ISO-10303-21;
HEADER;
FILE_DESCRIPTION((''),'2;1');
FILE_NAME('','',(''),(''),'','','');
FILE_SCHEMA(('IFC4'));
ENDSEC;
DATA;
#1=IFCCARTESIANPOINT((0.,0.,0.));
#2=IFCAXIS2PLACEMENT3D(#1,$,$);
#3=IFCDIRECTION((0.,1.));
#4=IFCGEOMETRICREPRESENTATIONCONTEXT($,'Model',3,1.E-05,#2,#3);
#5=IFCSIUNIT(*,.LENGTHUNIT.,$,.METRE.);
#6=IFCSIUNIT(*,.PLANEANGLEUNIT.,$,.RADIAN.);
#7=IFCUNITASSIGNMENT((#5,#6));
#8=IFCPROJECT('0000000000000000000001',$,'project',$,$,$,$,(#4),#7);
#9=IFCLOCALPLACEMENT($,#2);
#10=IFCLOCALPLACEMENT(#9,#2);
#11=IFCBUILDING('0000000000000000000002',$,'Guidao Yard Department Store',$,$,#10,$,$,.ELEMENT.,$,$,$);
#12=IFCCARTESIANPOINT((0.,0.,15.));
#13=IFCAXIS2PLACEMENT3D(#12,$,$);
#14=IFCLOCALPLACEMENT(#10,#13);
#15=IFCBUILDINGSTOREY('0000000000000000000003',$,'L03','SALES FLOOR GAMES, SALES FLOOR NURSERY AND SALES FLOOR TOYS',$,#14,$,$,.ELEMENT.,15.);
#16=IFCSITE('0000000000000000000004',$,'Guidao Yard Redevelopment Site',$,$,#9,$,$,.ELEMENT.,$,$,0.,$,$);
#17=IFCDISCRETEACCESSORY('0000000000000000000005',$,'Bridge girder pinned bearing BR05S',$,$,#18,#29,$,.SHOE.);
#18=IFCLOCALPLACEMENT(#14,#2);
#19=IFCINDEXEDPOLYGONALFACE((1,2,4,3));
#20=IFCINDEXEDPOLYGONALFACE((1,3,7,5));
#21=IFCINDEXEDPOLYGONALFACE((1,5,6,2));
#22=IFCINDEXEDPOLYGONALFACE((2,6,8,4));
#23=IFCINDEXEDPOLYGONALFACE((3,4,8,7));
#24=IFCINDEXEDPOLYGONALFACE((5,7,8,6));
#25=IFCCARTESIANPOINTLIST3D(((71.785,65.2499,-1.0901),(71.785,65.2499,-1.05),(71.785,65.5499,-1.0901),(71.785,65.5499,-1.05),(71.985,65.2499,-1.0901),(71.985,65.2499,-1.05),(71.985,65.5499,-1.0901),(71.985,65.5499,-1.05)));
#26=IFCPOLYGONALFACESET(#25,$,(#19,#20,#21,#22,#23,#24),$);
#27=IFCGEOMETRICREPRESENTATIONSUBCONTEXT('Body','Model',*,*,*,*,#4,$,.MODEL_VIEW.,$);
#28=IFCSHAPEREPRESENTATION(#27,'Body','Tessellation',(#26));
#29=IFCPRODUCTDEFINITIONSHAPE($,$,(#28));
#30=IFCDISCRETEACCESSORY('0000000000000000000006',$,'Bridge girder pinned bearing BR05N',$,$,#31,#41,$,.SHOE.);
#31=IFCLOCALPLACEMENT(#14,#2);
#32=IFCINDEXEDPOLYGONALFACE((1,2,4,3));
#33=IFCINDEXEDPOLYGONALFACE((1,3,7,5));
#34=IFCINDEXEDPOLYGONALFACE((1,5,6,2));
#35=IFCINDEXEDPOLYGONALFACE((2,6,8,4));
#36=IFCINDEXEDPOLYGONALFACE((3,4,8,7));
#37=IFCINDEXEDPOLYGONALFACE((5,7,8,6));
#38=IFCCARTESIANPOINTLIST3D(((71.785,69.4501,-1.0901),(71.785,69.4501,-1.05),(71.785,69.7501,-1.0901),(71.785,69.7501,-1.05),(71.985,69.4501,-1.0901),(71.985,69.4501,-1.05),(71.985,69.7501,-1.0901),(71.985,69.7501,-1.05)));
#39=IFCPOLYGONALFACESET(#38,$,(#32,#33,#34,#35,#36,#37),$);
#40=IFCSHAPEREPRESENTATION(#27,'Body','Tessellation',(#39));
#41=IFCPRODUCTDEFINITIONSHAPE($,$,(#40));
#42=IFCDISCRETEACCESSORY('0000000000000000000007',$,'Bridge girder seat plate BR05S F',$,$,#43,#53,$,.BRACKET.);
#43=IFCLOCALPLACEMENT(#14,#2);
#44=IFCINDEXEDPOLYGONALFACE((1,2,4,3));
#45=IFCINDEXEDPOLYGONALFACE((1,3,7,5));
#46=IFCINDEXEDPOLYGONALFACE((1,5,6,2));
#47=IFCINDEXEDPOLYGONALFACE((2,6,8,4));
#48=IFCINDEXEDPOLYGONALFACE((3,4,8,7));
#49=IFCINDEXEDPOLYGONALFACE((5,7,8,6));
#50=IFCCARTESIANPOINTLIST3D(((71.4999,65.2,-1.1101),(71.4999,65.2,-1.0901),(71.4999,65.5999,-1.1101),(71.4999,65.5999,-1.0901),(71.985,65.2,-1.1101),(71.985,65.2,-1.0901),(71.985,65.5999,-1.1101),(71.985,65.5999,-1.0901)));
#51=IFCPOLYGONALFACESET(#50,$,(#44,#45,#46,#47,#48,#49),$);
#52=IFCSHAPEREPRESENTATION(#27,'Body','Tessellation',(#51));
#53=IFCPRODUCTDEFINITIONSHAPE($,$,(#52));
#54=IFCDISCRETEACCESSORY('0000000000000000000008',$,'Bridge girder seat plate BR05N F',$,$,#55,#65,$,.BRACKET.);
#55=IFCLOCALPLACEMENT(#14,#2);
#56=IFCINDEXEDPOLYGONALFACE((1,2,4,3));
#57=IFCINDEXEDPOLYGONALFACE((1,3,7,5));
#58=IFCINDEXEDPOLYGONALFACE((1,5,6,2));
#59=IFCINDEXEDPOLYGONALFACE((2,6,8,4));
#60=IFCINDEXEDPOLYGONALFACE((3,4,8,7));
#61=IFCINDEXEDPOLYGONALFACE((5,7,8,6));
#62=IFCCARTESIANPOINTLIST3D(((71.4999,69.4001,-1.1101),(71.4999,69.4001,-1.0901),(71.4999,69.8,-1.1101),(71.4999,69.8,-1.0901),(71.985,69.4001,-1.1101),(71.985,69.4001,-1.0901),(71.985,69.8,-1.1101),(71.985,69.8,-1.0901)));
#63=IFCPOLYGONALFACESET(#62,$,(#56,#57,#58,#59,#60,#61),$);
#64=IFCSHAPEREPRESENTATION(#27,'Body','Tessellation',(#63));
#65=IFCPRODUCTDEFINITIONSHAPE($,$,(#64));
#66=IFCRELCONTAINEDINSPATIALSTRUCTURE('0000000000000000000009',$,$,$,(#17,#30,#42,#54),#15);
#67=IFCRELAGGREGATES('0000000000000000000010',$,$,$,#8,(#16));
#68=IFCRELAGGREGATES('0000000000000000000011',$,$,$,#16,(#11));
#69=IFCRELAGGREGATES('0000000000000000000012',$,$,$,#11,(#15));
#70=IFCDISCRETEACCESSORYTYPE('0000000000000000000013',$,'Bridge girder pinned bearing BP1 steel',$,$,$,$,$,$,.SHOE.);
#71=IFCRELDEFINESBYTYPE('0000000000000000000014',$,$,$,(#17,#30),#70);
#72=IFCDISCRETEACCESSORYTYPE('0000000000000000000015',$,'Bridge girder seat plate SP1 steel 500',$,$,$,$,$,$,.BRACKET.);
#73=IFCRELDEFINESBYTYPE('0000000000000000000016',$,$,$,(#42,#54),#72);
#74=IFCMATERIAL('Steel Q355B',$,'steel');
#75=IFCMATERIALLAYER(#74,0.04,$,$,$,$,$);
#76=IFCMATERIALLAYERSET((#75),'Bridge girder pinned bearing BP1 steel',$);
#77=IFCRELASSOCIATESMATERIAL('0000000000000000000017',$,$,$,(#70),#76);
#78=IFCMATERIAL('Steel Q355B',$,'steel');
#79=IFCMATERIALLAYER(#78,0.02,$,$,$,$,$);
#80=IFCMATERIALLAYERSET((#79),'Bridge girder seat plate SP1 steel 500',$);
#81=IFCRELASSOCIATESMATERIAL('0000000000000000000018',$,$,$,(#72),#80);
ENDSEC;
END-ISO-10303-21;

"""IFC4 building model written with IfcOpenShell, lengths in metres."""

from ifc_helpers import new_model, si_unit, direction, frame, origin, origin_2d, place, context, subcontext, project, spatial, rectangle, extrude, material, layer, layer_set, type_object, element, save


model = new_model("IFC4")

# Units and contexts
model_context = context("Model", 3, precision=1e-05, world=origin(), true_north=direction((0.0, 1.0)))
body_context = subcontext(model_context, "Body", "Model", "MODEL_VIEW")
ifc_project = project(units=[si_unit("LENGTHUNIT", "METRE"), si_unit("PLANEANGLEUNIT", "RADIAN")], contexts=[model_context])

# Site, building, storey
site_placement = place(None, origin())
site = spatial("IfcSite", under=ifc_project, at=site_placement, Name="Guidao Yard Redevelopment Site", CompositionType="ELEMENT", RefElevation=0.0)
building_placement = place(site_placement, origin())
building = spatial("IfcBuilding", under=site, at=building_placement, Name="Guidao Yard Department Store", CompositionType="ELEMENT")
storey_placement = place(building_placement, frame((0.0, 0.0, 15.0)))
storey = spatial("IfcBuildingStorey", under=building, at=storey_placement, Name="L03", Description="SALES FLOOR GAMES, SALES FLOOR NURSERY AND SALES FLOOR TOYS", CompositionType="ELEMENT", Elevation=15.0)

# Discrete accessories
ifc_material_1 = material(Name="Steel Q355B", Category="steel")
ifc_layer_1 = layer(ifc_material_1, 0.04)
ifc_layer_set_1 = layer_set([ifc_layer_1], Name="Bridge girder pinned bearing BP1 steel")
discrete_accessory_type_1 = type_object("IfcDiscreteAccessoryType", Name="Bridge girder pinned bearing BP1 steel", PredefinedType="SHOE", material=ifc_layer_set_1)
for number, where, z_axis, x_axis, name in (
    (1, (71.885, 65.3999, -1.0901), (0.0, 0.0, 1.0), (1.0, 0.0, 0.0), "Bridge girder pinned bearing BR05S"),
    (2, (71.885, 69.6001, -1.0901), (0.0, 0.0, 1.0), (1.0, 0.0, 0.0), "Bridge girder pinned bearing BR05N"),
):
    element("IfcDiscreteAccessory", number, at=place(storey_placement, frame(where, z_axis=z_axis, x_axis=x_axis)), inside=storey, type_object=discrete_accessory_type_1, Name=name, PredefinedType="SHOE", context=body_context, shape_type="SweptSolid", body=[
        extrude(rectangle(XDim=0.2, YDim=0.3, at=origin_2d()), origin(), (0.0, 0.0, 1.0), 0.04),
    ])
ifc_material_2 = material(Name="Steel Q355B", Category="steel")
ifc_layer_2 = layer(ifc_material_2, 0.02)
ifc_layer_set_2 = layer_set([ifc_layer_2], Name="Bridge girder seat plate SP1 steel 500")
discrete_accessory_type_2 = type_object("IfcDiscreteAccessoryType", Name="Bridge girder seat plate SP1 steel 500", PredefinedType="BRACKET", material=ifc_layer_set_2)
for number, where, z_axis, x_axis, name in (
    (3, (71.7424, 65.3999, -1.1101), (0.0, 0.0, 1.0), (1.0, 0.0, 0.0), "Bridge girder seat plate BR05S F"),
    (4, (71.7424, 69.6001, -1.1101), (0.0, 0.0, 1.0), (1.0, 0.0, 0.0), "Bridge girder seat plate BR05N F"),
):
    element("IfcDiscreteAccessory", number, at=place(storey_placement, frame(where, z_axis=z_axis, x_axis=x_axis)), inside=storey, type_object=discrete_accessory_type_2, Name=name, PredefinedType="BRACKET", context=body_context, shape_type="SweptSolid", body=[
        extrude(rectangle(XDim=0.4851, YDim=0.3999, at=origin_2d()), origin(), (0.0, 0.0, 1.0), 0.02),
    ])

save(model, "model.ifc")
